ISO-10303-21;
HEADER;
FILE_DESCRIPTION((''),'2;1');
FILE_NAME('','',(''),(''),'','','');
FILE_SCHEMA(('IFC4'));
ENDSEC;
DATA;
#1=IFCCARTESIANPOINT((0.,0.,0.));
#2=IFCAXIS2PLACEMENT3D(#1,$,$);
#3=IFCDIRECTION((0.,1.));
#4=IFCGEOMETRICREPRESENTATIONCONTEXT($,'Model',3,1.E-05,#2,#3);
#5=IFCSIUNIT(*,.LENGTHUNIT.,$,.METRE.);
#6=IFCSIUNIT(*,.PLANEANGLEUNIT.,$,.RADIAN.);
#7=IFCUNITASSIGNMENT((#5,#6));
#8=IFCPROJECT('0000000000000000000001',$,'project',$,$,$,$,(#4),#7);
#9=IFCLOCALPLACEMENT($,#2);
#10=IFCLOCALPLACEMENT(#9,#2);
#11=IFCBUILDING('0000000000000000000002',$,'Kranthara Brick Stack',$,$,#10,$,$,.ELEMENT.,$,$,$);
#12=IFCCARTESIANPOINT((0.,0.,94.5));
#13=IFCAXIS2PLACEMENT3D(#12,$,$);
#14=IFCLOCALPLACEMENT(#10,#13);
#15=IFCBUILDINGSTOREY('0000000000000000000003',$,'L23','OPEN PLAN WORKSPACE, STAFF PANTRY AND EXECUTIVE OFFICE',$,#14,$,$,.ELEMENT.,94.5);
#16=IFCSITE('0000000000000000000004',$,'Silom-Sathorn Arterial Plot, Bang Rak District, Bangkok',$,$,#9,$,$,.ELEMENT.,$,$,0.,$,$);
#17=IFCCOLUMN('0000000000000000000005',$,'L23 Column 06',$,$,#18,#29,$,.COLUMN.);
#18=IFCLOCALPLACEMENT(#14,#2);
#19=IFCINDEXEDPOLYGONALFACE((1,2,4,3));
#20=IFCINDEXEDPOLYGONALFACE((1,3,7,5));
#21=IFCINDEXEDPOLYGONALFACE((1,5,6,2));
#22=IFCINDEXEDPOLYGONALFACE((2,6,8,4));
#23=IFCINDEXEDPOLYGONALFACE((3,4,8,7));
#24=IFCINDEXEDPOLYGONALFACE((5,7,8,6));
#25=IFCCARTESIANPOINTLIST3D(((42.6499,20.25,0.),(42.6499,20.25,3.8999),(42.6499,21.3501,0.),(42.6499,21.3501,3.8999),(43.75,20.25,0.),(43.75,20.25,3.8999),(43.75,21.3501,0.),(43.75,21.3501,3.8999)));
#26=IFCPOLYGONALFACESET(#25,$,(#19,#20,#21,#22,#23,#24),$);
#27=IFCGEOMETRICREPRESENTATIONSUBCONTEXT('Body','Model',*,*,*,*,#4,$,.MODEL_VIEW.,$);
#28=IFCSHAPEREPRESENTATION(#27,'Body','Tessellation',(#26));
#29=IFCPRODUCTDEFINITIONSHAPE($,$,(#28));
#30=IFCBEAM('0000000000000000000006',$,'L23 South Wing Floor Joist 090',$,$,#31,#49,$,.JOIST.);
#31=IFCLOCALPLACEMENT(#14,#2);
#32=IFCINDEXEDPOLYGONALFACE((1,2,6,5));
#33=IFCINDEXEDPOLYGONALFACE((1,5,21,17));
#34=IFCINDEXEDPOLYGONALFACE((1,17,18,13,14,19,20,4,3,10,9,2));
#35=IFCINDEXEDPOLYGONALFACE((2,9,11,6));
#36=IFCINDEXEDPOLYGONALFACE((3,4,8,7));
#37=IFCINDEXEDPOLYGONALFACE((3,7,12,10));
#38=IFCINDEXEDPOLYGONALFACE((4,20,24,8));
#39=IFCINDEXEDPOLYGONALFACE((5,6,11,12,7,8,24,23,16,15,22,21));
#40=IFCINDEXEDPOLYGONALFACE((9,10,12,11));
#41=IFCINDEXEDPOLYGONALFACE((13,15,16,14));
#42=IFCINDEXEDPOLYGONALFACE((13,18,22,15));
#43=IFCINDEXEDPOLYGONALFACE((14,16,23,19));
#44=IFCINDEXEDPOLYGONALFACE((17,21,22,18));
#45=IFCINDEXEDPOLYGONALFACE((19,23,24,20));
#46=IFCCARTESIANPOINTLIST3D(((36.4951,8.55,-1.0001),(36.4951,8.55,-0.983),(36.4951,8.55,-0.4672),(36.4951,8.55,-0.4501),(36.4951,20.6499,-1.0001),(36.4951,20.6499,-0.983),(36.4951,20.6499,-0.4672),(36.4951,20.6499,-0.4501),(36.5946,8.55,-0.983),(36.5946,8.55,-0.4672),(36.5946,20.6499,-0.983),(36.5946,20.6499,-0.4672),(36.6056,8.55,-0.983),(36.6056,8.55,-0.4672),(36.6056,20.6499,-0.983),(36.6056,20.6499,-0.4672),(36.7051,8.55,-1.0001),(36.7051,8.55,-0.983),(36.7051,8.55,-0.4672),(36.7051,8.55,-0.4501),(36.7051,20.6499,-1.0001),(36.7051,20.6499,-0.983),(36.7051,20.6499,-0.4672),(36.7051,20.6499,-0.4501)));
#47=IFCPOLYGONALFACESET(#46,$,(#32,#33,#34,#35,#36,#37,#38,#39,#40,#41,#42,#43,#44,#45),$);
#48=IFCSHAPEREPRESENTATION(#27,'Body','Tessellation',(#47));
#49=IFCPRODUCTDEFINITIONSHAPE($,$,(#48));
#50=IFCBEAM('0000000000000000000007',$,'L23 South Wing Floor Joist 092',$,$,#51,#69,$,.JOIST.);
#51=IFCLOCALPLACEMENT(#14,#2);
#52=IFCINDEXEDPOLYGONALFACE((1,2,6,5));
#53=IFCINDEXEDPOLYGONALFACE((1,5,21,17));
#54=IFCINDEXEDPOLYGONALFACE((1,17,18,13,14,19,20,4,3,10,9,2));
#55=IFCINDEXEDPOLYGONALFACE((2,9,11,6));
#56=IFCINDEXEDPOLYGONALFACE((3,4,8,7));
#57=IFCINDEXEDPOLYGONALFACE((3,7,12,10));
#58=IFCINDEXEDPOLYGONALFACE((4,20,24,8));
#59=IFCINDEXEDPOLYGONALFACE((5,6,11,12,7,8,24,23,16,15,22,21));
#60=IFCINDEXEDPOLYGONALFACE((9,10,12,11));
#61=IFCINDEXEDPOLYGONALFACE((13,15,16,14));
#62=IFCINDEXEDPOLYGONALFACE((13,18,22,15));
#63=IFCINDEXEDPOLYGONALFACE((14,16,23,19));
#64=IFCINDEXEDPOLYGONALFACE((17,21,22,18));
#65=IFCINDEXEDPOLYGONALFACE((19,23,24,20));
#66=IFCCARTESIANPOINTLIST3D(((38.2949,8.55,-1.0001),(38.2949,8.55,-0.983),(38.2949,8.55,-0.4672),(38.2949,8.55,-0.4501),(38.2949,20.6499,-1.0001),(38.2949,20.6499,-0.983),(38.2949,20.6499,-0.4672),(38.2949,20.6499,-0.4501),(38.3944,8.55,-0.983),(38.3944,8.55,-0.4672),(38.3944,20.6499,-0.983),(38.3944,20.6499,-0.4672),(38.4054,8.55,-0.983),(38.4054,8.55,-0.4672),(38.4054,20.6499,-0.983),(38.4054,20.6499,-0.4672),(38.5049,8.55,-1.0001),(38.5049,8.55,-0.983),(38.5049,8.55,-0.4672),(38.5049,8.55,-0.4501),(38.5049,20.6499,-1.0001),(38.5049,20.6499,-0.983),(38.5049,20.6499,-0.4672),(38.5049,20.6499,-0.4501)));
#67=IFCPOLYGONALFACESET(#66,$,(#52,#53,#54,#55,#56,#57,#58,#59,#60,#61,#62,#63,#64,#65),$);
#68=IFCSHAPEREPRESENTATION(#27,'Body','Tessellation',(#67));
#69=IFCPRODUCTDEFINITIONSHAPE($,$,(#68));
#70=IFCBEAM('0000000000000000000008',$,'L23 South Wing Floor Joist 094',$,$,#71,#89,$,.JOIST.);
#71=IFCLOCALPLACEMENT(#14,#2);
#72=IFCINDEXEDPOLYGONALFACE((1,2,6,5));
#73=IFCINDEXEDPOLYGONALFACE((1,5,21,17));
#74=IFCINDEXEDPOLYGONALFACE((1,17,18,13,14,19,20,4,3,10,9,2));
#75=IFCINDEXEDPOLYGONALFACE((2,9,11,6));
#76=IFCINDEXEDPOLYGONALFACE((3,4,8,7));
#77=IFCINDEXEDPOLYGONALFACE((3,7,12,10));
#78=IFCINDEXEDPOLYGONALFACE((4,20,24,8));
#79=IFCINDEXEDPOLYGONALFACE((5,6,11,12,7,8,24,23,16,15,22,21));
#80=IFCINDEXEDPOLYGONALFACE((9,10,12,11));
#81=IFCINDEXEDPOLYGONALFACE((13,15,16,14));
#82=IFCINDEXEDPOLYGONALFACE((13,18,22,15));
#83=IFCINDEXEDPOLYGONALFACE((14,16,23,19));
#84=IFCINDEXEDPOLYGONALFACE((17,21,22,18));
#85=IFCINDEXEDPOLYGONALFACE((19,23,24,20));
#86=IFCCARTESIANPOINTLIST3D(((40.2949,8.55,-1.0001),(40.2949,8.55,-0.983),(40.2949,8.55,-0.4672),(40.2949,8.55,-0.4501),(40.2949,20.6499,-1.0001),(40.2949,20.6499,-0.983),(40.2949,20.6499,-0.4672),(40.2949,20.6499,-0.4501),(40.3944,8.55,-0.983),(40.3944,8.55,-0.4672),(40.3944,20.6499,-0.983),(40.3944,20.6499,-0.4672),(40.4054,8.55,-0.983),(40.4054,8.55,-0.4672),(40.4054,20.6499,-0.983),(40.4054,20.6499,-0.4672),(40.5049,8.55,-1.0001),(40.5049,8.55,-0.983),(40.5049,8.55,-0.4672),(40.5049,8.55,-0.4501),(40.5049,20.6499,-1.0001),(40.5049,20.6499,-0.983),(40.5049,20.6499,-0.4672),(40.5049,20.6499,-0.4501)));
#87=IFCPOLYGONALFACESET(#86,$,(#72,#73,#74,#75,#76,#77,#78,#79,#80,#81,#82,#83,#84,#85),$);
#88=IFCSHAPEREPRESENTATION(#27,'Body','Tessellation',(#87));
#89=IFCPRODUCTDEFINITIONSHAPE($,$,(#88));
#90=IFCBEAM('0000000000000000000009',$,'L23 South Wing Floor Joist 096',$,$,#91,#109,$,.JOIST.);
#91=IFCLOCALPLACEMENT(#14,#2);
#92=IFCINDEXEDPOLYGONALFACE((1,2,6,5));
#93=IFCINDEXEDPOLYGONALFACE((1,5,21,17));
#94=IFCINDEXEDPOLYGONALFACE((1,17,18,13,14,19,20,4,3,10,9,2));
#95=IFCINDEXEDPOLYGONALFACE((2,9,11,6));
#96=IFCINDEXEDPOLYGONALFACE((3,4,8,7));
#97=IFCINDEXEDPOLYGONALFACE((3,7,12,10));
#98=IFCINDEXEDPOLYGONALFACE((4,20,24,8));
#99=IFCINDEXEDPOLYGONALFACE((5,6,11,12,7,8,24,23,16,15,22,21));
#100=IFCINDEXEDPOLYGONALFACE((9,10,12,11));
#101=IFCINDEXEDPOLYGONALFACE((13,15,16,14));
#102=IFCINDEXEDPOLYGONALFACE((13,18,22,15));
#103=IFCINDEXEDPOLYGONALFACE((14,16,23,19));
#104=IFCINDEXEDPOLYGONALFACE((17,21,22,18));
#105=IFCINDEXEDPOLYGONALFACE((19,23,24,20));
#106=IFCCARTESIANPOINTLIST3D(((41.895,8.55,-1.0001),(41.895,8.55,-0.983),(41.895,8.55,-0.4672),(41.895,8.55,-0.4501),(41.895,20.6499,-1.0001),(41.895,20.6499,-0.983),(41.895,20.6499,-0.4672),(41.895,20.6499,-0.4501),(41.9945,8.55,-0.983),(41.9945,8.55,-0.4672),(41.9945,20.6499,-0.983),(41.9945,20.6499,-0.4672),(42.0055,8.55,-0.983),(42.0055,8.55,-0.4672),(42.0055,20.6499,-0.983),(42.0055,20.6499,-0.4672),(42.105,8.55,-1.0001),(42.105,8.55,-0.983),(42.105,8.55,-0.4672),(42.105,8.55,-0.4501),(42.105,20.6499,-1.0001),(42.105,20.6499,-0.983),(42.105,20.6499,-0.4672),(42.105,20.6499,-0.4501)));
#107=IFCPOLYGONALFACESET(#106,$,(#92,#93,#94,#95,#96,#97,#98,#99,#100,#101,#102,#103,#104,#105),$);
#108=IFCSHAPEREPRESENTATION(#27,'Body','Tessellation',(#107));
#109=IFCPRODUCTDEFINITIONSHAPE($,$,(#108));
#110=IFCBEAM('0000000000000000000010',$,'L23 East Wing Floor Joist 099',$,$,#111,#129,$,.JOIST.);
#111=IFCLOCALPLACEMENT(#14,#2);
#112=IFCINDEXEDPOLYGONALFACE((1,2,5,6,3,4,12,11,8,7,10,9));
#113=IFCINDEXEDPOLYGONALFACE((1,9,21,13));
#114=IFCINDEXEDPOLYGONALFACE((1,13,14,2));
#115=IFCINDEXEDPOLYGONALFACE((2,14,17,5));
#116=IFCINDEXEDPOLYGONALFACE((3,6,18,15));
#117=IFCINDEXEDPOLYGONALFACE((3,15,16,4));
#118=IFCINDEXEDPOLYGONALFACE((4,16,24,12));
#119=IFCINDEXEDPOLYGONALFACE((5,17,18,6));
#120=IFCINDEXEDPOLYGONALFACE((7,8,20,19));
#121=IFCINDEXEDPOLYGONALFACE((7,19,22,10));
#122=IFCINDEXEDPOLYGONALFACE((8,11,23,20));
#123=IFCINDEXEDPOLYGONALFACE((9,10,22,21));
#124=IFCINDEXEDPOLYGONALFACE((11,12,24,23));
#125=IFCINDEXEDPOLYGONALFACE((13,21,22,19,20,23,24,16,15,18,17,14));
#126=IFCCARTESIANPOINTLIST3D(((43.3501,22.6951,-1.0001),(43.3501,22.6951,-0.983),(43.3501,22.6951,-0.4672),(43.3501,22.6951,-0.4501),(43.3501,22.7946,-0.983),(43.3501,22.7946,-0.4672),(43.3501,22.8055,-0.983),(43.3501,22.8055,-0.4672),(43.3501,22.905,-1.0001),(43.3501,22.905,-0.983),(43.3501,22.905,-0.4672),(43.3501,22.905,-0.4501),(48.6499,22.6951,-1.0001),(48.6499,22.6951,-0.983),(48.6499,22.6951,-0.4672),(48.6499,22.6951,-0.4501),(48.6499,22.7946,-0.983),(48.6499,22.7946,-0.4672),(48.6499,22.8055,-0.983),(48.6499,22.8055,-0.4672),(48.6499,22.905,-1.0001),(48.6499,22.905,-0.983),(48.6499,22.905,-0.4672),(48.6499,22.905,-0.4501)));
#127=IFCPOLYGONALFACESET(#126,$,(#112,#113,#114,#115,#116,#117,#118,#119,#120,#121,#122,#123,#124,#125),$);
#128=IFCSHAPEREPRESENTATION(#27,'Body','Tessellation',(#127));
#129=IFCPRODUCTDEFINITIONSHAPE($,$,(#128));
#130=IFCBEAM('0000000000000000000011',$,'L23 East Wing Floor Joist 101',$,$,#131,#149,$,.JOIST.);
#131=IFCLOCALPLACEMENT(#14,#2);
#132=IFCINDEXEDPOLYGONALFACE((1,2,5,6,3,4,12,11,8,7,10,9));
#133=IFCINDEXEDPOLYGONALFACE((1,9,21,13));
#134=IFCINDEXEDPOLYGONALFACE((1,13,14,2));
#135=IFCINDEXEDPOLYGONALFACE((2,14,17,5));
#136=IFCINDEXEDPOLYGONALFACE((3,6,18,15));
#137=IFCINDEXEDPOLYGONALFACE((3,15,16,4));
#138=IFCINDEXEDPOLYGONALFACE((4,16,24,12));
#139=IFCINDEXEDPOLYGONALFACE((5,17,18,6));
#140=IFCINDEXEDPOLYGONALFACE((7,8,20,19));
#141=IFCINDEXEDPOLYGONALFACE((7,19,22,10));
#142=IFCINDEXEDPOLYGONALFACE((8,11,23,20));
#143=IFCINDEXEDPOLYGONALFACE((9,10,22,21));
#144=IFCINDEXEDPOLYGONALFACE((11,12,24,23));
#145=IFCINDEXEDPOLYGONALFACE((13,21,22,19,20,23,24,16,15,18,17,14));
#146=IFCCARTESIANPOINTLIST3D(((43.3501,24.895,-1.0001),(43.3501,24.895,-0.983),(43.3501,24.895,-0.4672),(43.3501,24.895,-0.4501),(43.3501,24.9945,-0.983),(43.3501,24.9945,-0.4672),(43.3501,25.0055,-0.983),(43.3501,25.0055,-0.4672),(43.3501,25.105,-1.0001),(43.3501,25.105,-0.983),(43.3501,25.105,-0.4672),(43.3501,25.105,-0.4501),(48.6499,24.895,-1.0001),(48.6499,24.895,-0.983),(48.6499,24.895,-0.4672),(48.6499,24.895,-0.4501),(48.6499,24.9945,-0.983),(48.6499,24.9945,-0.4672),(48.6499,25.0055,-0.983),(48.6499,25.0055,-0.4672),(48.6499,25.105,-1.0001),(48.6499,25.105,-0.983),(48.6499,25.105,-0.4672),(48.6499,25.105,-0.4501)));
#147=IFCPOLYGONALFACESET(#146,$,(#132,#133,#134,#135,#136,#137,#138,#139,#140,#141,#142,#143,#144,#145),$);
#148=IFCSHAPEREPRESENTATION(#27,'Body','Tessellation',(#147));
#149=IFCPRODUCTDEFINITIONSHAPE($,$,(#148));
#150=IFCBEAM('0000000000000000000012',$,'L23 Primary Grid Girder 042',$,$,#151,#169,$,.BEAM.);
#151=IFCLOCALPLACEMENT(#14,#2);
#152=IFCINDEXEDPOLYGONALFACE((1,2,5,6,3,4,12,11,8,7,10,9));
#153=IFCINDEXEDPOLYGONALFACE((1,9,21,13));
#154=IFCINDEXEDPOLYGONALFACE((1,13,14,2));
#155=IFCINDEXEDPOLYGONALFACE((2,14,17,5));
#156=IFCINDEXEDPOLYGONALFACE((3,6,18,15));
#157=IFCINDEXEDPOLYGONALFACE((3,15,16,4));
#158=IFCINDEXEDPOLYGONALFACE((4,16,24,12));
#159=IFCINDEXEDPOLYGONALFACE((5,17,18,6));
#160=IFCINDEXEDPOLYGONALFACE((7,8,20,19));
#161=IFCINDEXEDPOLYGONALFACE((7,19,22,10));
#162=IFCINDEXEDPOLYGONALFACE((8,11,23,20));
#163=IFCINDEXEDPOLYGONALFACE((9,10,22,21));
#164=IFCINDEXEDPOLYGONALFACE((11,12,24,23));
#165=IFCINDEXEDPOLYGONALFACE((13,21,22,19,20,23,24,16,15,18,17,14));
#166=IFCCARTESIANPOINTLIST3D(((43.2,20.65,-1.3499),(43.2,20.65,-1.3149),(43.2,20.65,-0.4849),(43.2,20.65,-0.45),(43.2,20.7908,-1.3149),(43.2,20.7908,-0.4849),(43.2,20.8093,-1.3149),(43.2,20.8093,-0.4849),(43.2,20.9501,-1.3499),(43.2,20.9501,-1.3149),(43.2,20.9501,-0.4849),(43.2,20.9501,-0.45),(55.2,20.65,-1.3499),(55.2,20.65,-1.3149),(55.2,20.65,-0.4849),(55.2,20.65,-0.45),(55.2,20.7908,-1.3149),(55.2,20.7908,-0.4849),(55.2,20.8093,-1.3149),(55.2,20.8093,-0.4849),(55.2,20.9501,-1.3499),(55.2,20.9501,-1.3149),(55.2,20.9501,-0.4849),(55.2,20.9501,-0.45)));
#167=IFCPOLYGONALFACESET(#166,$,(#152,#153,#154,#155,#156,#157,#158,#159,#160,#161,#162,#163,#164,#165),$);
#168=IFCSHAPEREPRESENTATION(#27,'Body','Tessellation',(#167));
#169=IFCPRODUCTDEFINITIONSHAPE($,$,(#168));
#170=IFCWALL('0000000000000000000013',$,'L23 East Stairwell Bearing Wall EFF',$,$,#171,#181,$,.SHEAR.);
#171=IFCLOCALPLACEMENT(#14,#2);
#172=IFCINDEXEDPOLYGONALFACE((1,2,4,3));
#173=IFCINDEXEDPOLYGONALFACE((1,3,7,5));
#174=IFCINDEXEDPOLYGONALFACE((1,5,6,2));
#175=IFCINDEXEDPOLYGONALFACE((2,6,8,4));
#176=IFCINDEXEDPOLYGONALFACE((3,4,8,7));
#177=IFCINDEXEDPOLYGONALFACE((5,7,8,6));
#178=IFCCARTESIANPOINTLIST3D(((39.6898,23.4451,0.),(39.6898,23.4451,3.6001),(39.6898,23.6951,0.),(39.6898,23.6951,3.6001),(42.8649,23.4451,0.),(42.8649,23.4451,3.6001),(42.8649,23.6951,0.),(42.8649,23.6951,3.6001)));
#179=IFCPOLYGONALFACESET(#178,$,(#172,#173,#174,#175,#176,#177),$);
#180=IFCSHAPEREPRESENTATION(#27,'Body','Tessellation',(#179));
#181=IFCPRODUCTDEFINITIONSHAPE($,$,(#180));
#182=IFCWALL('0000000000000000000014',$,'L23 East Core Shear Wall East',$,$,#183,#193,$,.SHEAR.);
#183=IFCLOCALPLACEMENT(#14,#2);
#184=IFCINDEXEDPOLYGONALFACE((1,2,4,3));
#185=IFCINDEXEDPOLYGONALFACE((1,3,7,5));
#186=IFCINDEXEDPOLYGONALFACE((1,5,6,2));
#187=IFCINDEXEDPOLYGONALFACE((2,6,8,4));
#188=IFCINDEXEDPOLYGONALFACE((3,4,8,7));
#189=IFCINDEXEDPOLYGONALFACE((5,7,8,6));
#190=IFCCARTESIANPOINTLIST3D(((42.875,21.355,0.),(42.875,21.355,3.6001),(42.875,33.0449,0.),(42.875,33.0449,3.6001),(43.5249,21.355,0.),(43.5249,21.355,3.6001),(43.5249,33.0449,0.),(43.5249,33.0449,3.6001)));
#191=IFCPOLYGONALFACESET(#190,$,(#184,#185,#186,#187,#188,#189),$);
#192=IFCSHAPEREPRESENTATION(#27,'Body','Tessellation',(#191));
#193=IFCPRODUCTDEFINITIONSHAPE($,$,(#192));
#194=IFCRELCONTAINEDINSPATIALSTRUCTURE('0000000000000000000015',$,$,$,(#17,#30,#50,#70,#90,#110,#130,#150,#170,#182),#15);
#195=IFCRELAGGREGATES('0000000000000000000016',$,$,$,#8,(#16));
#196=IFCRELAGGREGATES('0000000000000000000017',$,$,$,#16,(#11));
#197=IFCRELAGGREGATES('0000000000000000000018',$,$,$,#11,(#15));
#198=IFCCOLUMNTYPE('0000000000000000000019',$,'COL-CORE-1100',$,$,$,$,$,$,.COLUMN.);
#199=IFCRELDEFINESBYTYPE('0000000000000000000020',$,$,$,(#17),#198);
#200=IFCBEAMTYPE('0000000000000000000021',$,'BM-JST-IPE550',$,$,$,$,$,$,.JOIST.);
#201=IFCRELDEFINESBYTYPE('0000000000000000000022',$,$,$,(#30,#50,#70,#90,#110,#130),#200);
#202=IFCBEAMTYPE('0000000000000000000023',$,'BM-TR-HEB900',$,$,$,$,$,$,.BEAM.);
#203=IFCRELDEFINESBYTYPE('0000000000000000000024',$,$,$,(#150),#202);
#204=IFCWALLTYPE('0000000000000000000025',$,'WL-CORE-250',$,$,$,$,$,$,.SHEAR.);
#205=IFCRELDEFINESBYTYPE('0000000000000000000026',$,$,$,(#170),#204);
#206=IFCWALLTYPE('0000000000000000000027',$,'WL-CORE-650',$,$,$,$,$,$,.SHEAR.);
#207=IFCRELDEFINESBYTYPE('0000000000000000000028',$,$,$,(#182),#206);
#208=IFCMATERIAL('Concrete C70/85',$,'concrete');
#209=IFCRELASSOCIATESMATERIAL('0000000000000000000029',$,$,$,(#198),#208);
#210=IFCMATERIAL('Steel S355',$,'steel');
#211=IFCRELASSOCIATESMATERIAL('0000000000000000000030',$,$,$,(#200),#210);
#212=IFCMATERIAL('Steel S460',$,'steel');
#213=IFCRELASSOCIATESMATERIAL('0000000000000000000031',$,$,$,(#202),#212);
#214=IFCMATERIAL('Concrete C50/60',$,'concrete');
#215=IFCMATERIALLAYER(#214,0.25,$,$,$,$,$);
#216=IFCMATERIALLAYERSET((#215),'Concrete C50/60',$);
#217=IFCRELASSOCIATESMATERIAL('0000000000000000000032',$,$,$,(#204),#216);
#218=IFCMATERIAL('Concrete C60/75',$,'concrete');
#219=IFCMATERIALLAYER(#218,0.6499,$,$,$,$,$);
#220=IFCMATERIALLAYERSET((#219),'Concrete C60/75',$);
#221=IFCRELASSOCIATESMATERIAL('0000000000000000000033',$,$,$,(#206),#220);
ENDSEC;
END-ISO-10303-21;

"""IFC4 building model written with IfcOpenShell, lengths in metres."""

from ifc_helpers import new_model, si_unit, direction, frame, frame_2d, origin, origin_2d, place, context, subcontext, project, spatial, rectangle, i_section, extrude, material, layer, layer_set, material_profile, profile_set, type_object, element, save


model = new_model("IFC4")

# Units and contexts
model_context = context("Model", 3, precision=1e-05, world=origin(), true_north=direction((0.0, 1.0)))
body_context = subcontext(model_context, "Body", "Model", "MODEL_VIEW")
ifc_project = project(units=[si_unit("LENGTHUNIT", "METRE"), si_unit("PLANEANGLEUNIT", "RADIAN")], contexts=[model_context])

# Site, building, storey
site_placement = place(None, origin())
site = spatial("IfcSite", under=ifc_project, at=site_placement, Name="Silom-Sathorn Arterial Plot, Bang Rak District, Bangkok", CompositionType="ELEMENT", RefElevation=0.0)
building_placement = place(site_placement, origin())
building = spatial("IfcBuilding", under=site, at=building_placement, Name="Kranthara Brick Stack", CompositionType="ELEMENT")
storey_placement = place(building_placement, frame((0.0, 0.0, 94.5)))
storey = spatial("IfcBuildingStorey", under=building, at=storey_placement, Name="L23", Description="OPEN PLAN WORKSPACE, STAFF PANTRY AND EXECUTIVE OFFICE", CompositionType="ELEMENT", Elevation=94.5)

# Column
ifc_material_1 = material(Name="Concrete C70/85", Category="concrete")
ifc_material_profile_1 = material_profile(ifc_material_1, rectangle(XDim=1.1001, YDim=1.1001, at=origin_2d()), Name="RC 1100x1100")
ifc_profile_set_1 = profile_set([ifc_material_profile_1], Name="Concrete C70/85")
column_type = type_object("IfcColumnType", Name="COL-CORE-1100", PredefinedType="COLUMN", material=ifc_profile_set_1)
column_placement = place(storey_placement, frame((43.2, 20.8, 0.0), z_axis=(0.0, 0.0, 1.0), x_axis=(1.0, 0.0, 0.0)))
element("IfcColumn", 1, at=column_placement, inside=storey, type_object=column_type, Name="L23 Column 06", PredefinedType="COLUMN", context=body_context, shape_type="SweptSolid", body=[
    extrude(rectangle(XDim=1.1001, YDim=1.1001, at=origin_2d()), origin(), (0.0, 0.0, 1.0), 3.8999),
])

# Beams
ifc_material_2 = material(Name="Steel S355", Category="steel")
ifc_material_profile_2 = material_profile(ifc_material_2, i_section(OverallWidth=0.21, OverallDepth=0.55, WebThickness=0.011, FlangeThickness=0.0171, at=origin_2d()), Name="IPE 550")
ifc_profile_set_2 = profile_set([ifc_material_profile_2], Name="Steel S355")
beam_type_1 = type_object("IfcBeamType", Name="BM-JST-IPE550", PredefinedType="JOIST", material=ifc_profile_set_2)
for number, where, z_axis, x_axis, name in (
    (2, (36.6001, 8.55, -0.7251), (0.0, 1.0, 0.0), (-1.0, 0.0, 0.0), "L23 South Wing Floor Joist 090"),
    (3, (38.3999, 8.55, -0.7251), (0.0, 1.0, 0.0), (-1.0, 0.0, 0.0), "L23 South Wing Floor Joist 092"),
    (4, (40.3999, 8.55, -0.7251), (0.0, 1.0, 0.0), (-1.0, 0.0, 0.0), "L23 South Wing Floor Joist 094"),
    (5, (42.0, 8.55, -0.7251), (0.0, 1.0, 0.0), (-1.0, 0.0, 0.0), "L23 South Wing Floor Joist 096"),
):
    element("IfcBeam", number, at=place(storey_placement, frame(where, z_axis=z_axis, x_axis=x_axis)), inside=storey, type_object=beam_type_1, Name=name, PredefinedType="JOIST", context=body_context, shape_type="SweptSolid", body=[
        extrude(i_section(OverallWidth=0.21, OverallDepth=0.55, WebThickness=0.011, FlangeThickness=0.0171, at=origin_2d()), origin(), (0.0, 0.0, 1.0), 12.0999),
    ])
for number, where, z_axis, x_axis, name in (
    (6, (43.3501, 22.8, -0.7251), (1.0, 0.0, 0.0), (0.0, 1.0, 0.0), "L23 East Wing Floor Joist 099"),
    (7, (43.3501, 25.0, -0.7251), (1.0, 0.0, 0.0), (0.0, 1.0, 0.0), "L23 East Wing Floor Joist 101"),
):
    element("IfcBeam", number, at=place(storey_placement, frame(where, z_axis=z_axis, x_axis=x_axis)), inside=storey, type_object=beam_type_1, Name=name, PredefinedType="JOIST", context=body_context, shape_type="SweptSolid", body=[
        extrude(i_section(OverallWidth=0.21, OverallDepth=0.55, WebThickness=0.011, FlangeThickness=0.0171, at=origin_2d()), origin(), (0.0, 0.0, 1.0), 5.2998),
    ])
ifc_material_3 = material(Name="Steel S460", Category="steel")
ifc_material_profile_3 = material_profile(ifc_material_3, i_section(OverallWidth=0.3, OverallDepth=0.8999, WebThickness=0.0186, FlangeThickness=0.0349, at=origin_2d()), Name="HEB 900")
ifc_profile_set_3 = profile_set([ifc_material_profile_3], Name="Steel S460")
beam_type_2 = type_object("IfcBeamType", Name="BM-TR-HEB900", PredefinedType="BEAM", material=ifc_profile_set_3)
beam_placement = place(storey_placement, frame((43.2, 20.8, -0.8999), z_axis=(1.0, 0.0, 0.0), x_axis=(0.0, 1.0, 0.0)))
element("IfcBeam", 8, at=beam_placement, inside=storey, type_object=beam_type_2, Name="L23 Primary Grid Girder 042", PredefinedType="BEAM", context=body_context, shape_type="SweptSolid", body=[
    extrude(i_section(OverallWidth=0.3, OverallDepth=0.8999, WebThickness=0.0186, FlangeThickness=0.0349, at=origin_2d()), origin(), (0.0, 0.0, 1.0), 12.0),
])

# Shared definitions
ifc_material_4 = material(Name="Concrete C50/60", Category="concrete")
ifc_layer_1 = layer(ifc_material_4, 0.25)
ifc_layer_set_1 = layer_set([ifc_layer_1], Name="Concrete C50/60")
wall_type_1 = type_object("IfcWallType", Name="WL-CORE-250", PredefinedType="SHEAR", material=ifc_layer_set_1)

# Walls
wall_1_placement = place(storey_placement, frame((39.6899, 23.5701, 0.0), z_axis=(0.0, 0.0, 1.0), x_axis=(1.0, 0.0, 0.0)))
element("IfcWall", 9, at=wall_1_placement, inside=storey, type_object=wall_type_1, Name="L23 East Stairwell Bearing Wall EFF", PredefinedType="SHEAR", context=body_context, shape_type="SweptSolid", body=[
    extrude(rectangle(XDim=3.175, YDim=0.25, at=frame_2d((1.5874, 0.0))), origin(), (0.0, 0.0, 1.0), 3.6001),
])
ifc_material_5 = material(Name="Concrete C60/75", Category="concrete")
ifc_layer_2 = layer(ifc_material_5, 0.6499)
ifc_layer_set_2 = layer_set([ifc_layer_2], Name="Concrete C60/75")
wall_type_2 = type_object("IfcWallType", Name="WL-CORE-650", PredefinedType="SHEAR", material=ifc_layer_set_2)
wall_2_placement = place(storey_placement, frame((43.2, 21.355, 0.0), z_axis=(0.0, 0.0, 1.0), x_axis=(0.0, 1.0, 0.0)))
element("IfcWall", 10, at=wall_2_placement, inside=storey, type_object=wall_type_2, Name="L23 East Core Shear Wall East", PredefinedType="SHEAR", context=body_context, shape_type="SweptSolid", body=[
    extrude(rectangle(XDim=11.6899, YDim=0.6499, at=frame_2d((5.845, 0.0))), origin(), (0.0, 0.0, 1.0), 3.6001),
])

save(model, "model.ifc")
